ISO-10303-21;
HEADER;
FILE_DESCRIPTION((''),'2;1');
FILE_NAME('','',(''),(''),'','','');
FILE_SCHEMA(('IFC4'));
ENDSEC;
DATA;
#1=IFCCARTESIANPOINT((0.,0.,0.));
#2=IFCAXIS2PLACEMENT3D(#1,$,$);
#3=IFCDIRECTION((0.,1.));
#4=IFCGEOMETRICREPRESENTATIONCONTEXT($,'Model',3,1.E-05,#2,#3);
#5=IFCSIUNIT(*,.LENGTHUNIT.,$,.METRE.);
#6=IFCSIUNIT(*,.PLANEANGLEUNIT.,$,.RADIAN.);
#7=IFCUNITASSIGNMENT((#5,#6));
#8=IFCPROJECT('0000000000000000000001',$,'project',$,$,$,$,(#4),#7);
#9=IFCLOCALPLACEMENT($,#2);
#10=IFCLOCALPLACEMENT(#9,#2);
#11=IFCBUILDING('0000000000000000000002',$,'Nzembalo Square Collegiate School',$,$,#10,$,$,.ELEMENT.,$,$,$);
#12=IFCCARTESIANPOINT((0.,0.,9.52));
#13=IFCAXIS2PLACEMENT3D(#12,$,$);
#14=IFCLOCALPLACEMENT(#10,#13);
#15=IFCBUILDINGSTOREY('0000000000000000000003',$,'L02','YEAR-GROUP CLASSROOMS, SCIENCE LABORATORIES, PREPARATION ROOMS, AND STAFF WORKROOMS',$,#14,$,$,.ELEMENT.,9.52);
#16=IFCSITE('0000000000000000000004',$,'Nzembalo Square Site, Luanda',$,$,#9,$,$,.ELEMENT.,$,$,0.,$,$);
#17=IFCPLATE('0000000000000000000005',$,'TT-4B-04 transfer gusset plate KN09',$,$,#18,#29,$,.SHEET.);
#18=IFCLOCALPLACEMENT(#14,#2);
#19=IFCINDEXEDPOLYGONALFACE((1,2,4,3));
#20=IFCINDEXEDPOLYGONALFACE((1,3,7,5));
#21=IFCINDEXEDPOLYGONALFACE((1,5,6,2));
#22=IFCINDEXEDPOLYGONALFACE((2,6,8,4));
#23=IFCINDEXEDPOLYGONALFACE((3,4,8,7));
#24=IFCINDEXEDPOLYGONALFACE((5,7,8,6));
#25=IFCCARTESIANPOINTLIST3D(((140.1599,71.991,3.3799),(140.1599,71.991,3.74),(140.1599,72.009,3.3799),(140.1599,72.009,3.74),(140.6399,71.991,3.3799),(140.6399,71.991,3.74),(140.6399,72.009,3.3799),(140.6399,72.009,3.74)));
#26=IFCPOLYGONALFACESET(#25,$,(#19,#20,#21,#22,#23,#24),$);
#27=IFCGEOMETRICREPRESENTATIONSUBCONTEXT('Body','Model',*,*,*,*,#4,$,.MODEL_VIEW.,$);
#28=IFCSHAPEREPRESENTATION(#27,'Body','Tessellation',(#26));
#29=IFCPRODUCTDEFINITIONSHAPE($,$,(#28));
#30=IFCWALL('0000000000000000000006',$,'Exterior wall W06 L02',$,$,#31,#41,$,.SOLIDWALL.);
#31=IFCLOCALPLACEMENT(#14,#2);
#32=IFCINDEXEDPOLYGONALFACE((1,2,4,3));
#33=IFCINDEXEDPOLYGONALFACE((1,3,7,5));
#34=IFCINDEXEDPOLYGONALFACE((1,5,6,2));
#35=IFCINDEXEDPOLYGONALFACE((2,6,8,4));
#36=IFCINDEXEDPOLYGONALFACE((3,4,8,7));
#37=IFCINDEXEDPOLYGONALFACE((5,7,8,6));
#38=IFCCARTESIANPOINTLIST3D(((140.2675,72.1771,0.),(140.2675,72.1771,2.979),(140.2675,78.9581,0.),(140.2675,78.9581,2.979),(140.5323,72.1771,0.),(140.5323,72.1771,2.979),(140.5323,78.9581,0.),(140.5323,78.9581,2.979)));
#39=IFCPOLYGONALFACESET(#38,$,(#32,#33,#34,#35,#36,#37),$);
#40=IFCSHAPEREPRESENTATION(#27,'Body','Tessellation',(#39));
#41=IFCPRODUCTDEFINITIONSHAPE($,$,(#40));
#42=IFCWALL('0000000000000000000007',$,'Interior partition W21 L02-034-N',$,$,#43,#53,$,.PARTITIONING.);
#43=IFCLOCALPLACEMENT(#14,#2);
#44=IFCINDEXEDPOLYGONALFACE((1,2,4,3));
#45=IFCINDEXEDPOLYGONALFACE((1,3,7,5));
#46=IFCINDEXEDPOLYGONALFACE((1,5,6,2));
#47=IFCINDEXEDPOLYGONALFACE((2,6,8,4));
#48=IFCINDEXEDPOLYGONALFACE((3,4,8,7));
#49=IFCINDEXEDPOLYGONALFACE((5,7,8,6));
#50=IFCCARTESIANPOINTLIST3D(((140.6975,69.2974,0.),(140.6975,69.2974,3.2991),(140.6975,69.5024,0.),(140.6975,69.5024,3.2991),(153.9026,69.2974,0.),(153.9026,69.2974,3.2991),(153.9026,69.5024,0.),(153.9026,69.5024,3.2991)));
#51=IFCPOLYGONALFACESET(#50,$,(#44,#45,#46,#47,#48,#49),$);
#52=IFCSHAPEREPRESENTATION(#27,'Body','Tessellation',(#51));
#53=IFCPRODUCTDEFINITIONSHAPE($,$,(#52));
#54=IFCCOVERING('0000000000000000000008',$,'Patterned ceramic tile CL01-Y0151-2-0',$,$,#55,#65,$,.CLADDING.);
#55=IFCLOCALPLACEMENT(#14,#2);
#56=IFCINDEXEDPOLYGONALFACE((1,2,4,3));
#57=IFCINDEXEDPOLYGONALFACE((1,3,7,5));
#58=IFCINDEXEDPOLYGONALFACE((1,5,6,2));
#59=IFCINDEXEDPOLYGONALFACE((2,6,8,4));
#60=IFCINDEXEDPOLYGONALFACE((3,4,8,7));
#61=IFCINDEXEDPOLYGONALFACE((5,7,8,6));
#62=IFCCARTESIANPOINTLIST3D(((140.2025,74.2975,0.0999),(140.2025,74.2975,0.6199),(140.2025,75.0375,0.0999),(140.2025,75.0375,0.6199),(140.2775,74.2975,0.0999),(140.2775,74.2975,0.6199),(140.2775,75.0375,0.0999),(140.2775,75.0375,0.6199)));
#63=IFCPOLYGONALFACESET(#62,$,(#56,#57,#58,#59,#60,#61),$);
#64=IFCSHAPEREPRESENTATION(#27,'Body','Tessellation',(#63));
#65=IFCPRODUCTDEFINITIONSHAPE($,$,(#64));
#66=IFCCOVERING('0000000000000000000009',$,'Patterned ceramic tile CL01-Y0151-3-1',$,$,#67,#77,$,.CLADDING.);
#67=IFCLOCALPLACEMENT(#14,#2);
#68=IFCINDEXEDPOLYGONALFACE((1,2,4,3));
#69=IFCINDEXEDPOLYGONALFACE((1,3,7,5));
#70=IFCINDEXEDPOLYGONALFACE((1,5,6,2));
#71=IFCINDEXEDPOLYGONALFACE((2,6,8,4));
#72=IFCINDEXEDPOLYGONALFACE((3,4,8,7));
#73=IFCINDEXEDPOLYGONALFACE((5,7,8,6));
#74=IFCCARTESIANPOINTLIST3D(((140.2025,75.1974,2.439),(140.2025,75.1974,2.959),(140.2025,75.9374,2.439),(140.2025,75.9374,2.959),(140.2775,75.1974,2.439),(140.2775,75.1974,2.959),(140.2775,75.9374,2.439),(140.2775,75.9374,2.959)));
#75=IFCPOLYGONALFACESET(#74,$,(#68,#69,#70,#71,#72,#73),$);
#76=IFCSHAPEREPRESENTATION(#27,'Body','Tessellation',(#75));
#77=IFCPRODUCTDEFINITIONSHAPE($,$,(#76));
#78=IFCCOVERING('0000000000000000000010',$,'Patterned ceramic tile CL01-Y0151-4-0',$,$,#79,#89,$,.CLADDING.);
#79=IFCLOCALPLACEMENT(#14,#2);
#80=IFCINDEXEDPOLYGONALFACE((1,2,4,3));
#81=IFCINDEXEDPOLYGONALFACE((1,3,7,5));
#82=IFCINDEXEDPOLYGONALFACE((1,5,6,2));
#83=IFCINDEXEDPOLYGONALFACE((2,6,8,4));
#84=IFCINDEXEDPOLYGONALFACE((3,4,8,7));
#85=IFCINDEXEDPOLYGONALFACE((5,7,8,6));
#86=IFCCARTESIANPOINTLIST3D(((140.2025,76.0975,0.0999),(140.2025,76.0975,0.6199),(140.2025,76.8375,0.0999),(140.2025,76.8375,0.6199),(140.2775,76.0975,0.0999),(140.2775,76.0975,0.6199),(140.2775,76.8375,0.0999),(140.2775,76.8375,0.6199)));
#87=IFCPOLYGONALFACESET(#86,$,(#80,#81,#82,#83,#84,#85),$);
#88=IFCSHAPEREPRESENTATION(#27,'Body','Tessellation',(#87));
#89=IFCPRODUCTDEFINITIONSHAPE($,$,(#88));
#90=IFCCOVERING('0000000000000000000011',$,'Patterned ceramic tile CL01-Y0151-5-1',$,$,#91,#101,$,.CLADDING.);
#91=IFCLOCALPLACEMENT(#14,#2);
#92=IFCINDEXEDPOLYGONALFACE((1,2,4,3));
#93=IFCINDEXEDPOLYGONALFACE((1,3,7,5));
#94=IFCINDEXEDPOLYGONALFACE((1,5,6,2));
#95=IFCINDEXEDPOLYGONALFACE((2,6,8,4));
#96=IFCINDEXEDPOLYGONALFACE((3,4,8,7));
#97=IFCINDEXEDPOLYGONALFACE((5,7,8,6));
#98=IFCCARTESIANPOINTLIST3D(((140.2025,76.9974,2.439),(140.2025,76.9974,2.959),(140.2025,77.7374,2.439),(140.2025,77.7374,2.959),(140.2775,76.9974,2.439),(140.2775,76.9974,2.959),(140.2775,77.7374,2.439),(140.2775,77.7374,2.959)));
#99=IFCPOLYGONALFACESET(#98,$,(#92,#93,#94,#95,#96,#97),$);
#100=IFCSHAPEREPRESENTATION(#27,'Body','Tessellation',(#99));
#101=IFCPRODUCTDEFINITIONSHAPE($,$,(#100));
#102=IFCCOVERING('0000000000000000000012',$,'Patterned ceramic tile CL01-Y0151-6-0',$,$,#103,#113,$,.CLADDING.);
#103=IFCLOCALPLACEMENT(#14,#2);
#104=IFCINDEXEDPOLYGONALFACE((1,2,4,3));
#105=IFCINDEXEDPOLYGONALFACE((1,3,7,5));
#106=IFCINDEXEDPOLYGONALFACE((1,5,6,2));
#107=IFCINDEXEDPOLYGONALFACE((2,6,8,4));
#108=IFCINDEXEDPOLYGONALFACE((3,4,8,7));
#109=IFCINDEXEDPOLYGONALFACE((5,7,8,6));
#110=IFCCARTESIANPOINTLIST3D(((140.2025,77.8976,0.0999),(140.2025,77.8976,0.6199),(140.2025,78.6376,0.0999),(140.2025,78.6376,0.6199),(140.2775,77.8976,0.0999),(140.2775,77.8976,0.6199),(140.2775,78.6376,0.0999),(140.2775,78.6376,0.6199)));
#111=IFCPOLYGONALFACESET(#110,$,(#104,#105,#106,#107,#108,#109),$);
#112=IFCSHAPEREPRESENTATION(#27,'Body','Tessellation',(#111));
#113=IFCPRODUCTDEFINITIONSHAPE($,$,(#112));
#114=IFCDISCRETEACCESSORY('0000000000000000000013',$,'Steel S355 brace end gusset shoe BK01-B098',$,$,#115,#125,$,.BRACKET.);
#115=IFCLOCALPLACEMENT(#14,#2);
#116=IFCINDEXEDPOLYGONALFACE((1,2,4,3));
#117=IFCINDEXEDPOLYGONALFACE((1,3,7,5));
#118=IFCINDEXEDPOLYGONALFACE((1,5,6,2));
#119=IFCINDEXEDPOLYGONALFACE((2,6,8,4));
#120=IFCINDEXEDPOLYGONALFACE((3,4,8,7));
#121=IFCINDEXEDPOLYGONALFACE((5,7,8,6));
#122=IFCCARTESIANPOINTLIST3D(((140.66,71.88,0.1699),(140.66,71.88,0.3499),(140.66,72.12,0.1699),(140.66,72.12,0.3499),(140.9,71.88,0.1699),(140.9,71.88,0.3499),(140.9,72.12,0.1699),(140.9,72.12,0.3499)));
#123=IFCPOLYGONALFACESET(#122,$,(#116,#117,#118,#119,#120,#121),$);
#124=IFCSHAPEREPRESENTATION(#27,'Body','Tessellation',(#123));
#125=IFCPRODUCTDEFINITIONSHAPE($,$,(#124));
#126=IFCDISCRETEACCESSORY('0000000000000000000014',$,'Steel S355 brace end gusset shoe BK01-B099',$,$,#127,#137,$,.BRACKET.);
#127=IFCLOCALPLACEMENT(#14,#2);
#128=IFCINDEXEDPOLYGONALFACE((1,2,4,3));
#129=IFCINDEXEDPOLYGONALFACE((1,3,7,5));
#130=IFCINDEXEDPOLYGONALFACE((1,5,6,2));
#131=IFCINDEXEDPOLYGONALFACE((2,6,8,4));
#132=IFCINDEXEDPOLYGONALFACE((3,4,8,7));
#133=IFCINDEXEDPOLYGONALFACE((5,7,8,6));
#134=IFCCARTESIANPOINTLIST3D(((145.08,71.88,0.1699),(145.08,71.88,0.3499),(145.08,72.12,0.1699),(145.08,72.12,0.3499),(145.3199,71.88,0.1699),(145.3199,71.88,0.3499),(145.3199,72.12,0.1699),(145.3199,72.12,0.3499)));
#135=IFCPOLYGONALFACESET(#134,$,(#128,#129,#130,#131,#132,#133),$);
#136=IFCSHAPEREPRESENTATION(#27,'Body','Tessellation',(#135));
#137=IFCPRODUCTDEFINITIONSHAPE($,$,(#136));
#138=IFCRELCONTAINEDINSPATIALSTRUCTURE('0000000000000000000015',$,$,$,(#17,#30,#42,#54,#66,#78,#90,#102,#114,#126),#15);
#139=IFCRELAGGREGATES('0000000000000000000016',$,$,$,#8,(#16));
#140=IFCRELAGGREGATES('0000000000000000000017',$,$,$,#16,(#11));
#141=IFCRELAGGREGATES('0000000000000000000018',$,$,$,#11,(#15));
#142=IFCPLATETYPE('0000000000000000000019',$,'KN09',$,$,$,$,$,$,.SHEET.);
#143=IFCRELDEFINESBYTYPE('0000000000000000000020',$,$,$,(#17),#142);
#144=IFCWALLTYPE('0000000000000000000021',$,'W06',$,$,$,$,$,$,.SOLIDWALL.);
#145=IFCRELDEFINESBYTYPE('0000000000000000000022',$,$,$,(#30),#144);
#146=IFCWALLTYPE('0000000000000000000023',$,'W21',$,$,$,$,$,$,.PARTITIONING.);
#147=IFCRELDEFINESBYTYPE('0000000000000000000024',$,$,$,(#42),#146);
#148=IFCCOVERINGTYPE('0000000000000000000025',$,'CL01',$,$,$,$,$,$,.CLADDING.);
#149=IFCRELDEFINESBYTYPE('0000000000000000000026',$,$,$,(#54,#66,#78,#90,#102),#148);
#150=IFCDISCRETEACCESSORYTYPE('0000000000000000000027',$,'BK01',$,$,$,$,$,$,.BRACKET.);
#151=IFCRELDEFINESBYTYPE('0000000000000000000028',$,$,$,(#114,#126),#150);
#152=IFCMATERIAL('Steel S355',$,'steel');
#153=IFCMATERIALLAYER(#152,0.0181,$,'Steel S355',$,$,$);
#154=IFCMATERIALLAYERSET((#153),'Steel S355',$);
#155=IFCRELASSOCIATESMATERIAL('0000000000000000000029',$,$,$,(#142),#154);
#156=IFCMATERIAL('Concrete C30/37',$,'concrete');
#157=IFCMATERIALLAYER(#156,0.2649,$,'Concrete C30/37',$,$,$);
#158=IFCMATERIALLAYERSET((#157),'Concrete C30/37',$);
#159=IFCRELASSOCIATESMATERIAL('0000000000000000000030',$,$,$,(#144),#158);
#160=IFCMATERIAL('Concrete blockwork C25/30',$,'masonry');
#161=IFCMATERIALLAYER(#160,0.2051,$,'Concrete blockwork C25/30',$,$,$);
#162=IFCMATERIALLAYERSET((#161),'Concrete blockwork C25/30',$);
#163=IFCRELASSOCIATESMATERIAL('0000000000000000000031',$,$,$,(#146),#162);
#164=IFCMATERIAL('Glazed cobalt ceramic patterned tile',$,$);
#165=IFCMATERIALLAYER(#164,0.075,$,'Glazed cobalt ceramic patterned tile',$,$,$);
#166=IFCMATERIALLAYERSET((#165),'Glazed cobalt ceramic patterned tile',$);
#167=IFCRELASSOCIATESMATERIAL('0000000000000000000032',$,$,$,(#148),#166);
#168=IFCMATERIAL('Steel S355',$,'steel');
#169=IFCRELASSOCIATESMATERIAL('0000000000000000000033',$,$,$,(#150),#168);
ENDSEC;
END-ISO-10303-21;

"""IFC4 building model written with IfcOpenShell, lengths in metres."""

from ifc_helpers import new_model, si_unit, direction, frame, frame_2d, origin, origin_2d, place, context, subcontext, project, spatial, rectangle, extrude, material, layer, layer_set, type_object, element, save


model = new_model("IFC4")

# Units and contexts
model_context = context("Model", 3, precision=1e-05, world=origin(), true_north=direction((0.0, 1.0)))
body_context = subcontext(model_context, "Body", "Model", "MODEL_VIEW")
ifc_project = project(units=[si_unit("LENGTHUNIT", "METRE"), si_unit("PLANEANGLEUNIT", "RADIAN")], contexts=[model_context])

# Site, building, storey
site_placement = place(None, origin())
site = spatial("IfcSite", under=ifc_project, at=site_placement, Name="Nzembalo Square Site, Luanda", CompositionType="ELEMENT", RefElevation=0.0)
building_placement = place(site_placement, origin())
building = spatial("IfcBuilding", under=site, at=building_placement, Name="Nzembalo Square Collegiate School", CompositionType="ELEMENT")
storey_placement = place(building_placement, frame((0.0, 0.0, 9.52)))
storey = spatial("IfcBuildingStorey", under=building, at=storey_placement, Name="L02", Description="YEAR-GROUP CLASSROOMS, SCIENCE LABORATORIES, PREPARATION ROOMS, AND STAFF WORKROOMS", CompositionType="ELEMENT", Elevation=9.52)

# Plate
ifc_material_1 = material(Name="Steel S355", Category="steel")
ifc_layer_1 = layer(ifc_material_1, 0.0181, Name="Steel S355")
ifc_layer_set_1 = layer_set([ifc_layer_1], Name="Steel S355")
plate_type_1 = type_object("IfcPlateType", Name="KN09", PredefinedType="SHEET", material=ifc_layer_set_1)
plate_1_placement = place(storey_placement, frame((140.3999, 72.0, 3.3799), z_axis=(0.0, 0.0, 1.0), x_axis=(1.0, 0.0, 0.0)))
element("IfcPlate", 1, at=plate_1_placement, inside=storey, type_object=plate_type_1, Name="TT-4B-04 transfer gusset plate KN09", PredefinedType="SHEET", context=body_context, shape_type="SweptSolid", body=[
    extrude(rectangle(XDim=0.48, YDim=0.0181, at=origin_2d()), origin(), (0.0, 0.0, 1.0), 0.3601),
])

# Walls
ifc_material_2 = material(Name="Concrete C30/37", Category="concrete")
ifc_layer_2 = layer(ifc_material_2, 0.2649, Name="Concrete C30/37")
ifc_layer_set_2 = layer_set([ifc_layer_2], Name="Concrete C30/37")
wall_type_1 = type_object("IfcWallType", Name="W06", PredefinedType="SOLIDWALL", material=ifc_layer_set_2)
wall_1_placement = place(storey_placement, frame((140.3999, 72.177, 0.0), z_axis=(0.0, 0.0, 1.0), x_axis=(0.0, 1.0, 0.0)))
element("IfcWall", 2, at=wall_1_placement, inside=storey, type_object=wall_type_1, Name="Exterior wall W06 L02", PredefinedType="SOLIDWALL", context=body_context, shape_type="SweptSolid", body=[
    extrude(rectangle(XDim=6.781, YDim=0.2649, at=frame_2d((3.3906, 0.0))), origin(), (0.0, 0.0, 1.0), 2.979),
])
ifc_material_3 = material(Name="Concrete blockwork C25/30", Category="masonry")
ifc_layer_3 = layer(ifc_material_3, 0.2051, Name="Concrete blockwork C25/30")
ifc_layer_set_3 = layer_set([ifc_layer_3], Name="Concrete blockwork C25/30")
wall_type_2 = type_object("IfcWallType", Name="W21", PredefinedType="PARTITIONING", material=ifc_layer_set_3)
wall_2_placement = place(storey_placement, frame((140.6975, 69.3999, 0.0), z_axis=(0.0, 0.0, 1.0), x_axis=(1.0, 0.0, 0.0)))
element("IfcWall", 3, at=wall_2_placement, inside=storey, type_object=wall_type_2, Name="Interior partition W21 L02-034-N", PredefinedType="PARTITIONING", context=body_context, shape_type="SweptSolid", body=[
    extrude(rectangle(XDim=13.2051, YDim=0.2051, at=frame_2d((6.6025, 0.0))), origin(), (0.0, 0.0, 1.0), 3.2991),
])

# Coverings
ifc_material_4 = material(Name="Glazed cobalt ceramic patterned tile")
ifc_layer_4 = layer(ifc_material_4, 0.075, Name="Glazed cobalt ceramic patterned tile")
ifc_layer_set_4 = layer_set([ifc_layer_4], Name="Glazed cobalt ceramic patterned tile")
covering_type = type_object("IfcCoveringType", Name="CL01", PredefinedType="CLADDING", material=ifc_layer_set_4)
for number, where, z_axis, x_axis, name in (
    (4, (140.24, 74.6675, 0.0999), (0.0, 0.0, 1.0), (1.0, 0.0, 0.0), "Patterned ceramic tile CL01-Y0151-2-0"),
    (5, (140.24, 75.5674, 2.439), (0.0, 0.0, 1.0), (1.0, 0.0, 0.0), "Patterned ceramic tile CL01-Y0151-3-1"),
    (6, (140.24, 76.4675, 0.0999), (0.0, 0.0, 1.0), (1.0, 0.0, 0.0), "Patterned ceramic tile CL01-Y0151-4-0"),
    (7, (140.24, 77.3674, 2.439), (0.0, 0.0, 1.0), (1.0, 0.0, 0.0), "Patterned ceramic tile CL01-Y0151-5-1"),
    (8, (140.24, 78.2676, 0.0999), (0.0, 0.0, 1.0), (1.0, 0.0, 0.0), "Patterned ceramic tile CL01-Y0151-6-0"),
):
    element("IfcCovering", number, at=place(storey_placement, frame(where, z_axis=z_axis, x_axis=x_axis)), inside=storey, type_object=covering_type, Name=name, PredefinedType="CLADDING", context=body_context, shape_type="SweptSolid", body=[
        extrude(rectangle(XDim=0.075, YDim=0.74, at=origin_2d()), origin(), (0.0, 0.0, 1.0), 0.52),
    ])

# Discrete accessories
ifc_material_5 = material(Name="Steel S355", Category="steel")
discrete_accessory_type = type_object("IfcDiscreteAccessoryType", Name="BK01", PredefinedType="BRACKET", material=ifc_material_5)
for number, where, z_axis, x_axis, name in (
    (9, (140.78, 72.0, 0.1699), (0.0, 0.0, 1.0), (1.0, 0.0, 0.0), "Steel S355 brace end gusset shoe BK01-B098"),
    (10, (145.2, 72.0, 0.1699), (0.0, 0.0, 1.0), (1.0, 0.0, 0.0), "Steel S355 brace end gusset shoe BK01-B099"),
):
    element("IfcDiscreteAccessory", number, at=place(storey_placement, frame(where, z_axis=z_axis, x_axis=x_axis)), inside=storey, type_object=discrete_accessory_type, Name=name, PredefinedType="BRACKET", context=body_context, shape_type="SweptSolid", body=[
        extrude(rectangle(XDim=0.24, YDim=0.24, at=origin_2d()), origin(), (0.0, 0.0, 1.0), 0.1799),
    ])

save(model, "model.ifc")
